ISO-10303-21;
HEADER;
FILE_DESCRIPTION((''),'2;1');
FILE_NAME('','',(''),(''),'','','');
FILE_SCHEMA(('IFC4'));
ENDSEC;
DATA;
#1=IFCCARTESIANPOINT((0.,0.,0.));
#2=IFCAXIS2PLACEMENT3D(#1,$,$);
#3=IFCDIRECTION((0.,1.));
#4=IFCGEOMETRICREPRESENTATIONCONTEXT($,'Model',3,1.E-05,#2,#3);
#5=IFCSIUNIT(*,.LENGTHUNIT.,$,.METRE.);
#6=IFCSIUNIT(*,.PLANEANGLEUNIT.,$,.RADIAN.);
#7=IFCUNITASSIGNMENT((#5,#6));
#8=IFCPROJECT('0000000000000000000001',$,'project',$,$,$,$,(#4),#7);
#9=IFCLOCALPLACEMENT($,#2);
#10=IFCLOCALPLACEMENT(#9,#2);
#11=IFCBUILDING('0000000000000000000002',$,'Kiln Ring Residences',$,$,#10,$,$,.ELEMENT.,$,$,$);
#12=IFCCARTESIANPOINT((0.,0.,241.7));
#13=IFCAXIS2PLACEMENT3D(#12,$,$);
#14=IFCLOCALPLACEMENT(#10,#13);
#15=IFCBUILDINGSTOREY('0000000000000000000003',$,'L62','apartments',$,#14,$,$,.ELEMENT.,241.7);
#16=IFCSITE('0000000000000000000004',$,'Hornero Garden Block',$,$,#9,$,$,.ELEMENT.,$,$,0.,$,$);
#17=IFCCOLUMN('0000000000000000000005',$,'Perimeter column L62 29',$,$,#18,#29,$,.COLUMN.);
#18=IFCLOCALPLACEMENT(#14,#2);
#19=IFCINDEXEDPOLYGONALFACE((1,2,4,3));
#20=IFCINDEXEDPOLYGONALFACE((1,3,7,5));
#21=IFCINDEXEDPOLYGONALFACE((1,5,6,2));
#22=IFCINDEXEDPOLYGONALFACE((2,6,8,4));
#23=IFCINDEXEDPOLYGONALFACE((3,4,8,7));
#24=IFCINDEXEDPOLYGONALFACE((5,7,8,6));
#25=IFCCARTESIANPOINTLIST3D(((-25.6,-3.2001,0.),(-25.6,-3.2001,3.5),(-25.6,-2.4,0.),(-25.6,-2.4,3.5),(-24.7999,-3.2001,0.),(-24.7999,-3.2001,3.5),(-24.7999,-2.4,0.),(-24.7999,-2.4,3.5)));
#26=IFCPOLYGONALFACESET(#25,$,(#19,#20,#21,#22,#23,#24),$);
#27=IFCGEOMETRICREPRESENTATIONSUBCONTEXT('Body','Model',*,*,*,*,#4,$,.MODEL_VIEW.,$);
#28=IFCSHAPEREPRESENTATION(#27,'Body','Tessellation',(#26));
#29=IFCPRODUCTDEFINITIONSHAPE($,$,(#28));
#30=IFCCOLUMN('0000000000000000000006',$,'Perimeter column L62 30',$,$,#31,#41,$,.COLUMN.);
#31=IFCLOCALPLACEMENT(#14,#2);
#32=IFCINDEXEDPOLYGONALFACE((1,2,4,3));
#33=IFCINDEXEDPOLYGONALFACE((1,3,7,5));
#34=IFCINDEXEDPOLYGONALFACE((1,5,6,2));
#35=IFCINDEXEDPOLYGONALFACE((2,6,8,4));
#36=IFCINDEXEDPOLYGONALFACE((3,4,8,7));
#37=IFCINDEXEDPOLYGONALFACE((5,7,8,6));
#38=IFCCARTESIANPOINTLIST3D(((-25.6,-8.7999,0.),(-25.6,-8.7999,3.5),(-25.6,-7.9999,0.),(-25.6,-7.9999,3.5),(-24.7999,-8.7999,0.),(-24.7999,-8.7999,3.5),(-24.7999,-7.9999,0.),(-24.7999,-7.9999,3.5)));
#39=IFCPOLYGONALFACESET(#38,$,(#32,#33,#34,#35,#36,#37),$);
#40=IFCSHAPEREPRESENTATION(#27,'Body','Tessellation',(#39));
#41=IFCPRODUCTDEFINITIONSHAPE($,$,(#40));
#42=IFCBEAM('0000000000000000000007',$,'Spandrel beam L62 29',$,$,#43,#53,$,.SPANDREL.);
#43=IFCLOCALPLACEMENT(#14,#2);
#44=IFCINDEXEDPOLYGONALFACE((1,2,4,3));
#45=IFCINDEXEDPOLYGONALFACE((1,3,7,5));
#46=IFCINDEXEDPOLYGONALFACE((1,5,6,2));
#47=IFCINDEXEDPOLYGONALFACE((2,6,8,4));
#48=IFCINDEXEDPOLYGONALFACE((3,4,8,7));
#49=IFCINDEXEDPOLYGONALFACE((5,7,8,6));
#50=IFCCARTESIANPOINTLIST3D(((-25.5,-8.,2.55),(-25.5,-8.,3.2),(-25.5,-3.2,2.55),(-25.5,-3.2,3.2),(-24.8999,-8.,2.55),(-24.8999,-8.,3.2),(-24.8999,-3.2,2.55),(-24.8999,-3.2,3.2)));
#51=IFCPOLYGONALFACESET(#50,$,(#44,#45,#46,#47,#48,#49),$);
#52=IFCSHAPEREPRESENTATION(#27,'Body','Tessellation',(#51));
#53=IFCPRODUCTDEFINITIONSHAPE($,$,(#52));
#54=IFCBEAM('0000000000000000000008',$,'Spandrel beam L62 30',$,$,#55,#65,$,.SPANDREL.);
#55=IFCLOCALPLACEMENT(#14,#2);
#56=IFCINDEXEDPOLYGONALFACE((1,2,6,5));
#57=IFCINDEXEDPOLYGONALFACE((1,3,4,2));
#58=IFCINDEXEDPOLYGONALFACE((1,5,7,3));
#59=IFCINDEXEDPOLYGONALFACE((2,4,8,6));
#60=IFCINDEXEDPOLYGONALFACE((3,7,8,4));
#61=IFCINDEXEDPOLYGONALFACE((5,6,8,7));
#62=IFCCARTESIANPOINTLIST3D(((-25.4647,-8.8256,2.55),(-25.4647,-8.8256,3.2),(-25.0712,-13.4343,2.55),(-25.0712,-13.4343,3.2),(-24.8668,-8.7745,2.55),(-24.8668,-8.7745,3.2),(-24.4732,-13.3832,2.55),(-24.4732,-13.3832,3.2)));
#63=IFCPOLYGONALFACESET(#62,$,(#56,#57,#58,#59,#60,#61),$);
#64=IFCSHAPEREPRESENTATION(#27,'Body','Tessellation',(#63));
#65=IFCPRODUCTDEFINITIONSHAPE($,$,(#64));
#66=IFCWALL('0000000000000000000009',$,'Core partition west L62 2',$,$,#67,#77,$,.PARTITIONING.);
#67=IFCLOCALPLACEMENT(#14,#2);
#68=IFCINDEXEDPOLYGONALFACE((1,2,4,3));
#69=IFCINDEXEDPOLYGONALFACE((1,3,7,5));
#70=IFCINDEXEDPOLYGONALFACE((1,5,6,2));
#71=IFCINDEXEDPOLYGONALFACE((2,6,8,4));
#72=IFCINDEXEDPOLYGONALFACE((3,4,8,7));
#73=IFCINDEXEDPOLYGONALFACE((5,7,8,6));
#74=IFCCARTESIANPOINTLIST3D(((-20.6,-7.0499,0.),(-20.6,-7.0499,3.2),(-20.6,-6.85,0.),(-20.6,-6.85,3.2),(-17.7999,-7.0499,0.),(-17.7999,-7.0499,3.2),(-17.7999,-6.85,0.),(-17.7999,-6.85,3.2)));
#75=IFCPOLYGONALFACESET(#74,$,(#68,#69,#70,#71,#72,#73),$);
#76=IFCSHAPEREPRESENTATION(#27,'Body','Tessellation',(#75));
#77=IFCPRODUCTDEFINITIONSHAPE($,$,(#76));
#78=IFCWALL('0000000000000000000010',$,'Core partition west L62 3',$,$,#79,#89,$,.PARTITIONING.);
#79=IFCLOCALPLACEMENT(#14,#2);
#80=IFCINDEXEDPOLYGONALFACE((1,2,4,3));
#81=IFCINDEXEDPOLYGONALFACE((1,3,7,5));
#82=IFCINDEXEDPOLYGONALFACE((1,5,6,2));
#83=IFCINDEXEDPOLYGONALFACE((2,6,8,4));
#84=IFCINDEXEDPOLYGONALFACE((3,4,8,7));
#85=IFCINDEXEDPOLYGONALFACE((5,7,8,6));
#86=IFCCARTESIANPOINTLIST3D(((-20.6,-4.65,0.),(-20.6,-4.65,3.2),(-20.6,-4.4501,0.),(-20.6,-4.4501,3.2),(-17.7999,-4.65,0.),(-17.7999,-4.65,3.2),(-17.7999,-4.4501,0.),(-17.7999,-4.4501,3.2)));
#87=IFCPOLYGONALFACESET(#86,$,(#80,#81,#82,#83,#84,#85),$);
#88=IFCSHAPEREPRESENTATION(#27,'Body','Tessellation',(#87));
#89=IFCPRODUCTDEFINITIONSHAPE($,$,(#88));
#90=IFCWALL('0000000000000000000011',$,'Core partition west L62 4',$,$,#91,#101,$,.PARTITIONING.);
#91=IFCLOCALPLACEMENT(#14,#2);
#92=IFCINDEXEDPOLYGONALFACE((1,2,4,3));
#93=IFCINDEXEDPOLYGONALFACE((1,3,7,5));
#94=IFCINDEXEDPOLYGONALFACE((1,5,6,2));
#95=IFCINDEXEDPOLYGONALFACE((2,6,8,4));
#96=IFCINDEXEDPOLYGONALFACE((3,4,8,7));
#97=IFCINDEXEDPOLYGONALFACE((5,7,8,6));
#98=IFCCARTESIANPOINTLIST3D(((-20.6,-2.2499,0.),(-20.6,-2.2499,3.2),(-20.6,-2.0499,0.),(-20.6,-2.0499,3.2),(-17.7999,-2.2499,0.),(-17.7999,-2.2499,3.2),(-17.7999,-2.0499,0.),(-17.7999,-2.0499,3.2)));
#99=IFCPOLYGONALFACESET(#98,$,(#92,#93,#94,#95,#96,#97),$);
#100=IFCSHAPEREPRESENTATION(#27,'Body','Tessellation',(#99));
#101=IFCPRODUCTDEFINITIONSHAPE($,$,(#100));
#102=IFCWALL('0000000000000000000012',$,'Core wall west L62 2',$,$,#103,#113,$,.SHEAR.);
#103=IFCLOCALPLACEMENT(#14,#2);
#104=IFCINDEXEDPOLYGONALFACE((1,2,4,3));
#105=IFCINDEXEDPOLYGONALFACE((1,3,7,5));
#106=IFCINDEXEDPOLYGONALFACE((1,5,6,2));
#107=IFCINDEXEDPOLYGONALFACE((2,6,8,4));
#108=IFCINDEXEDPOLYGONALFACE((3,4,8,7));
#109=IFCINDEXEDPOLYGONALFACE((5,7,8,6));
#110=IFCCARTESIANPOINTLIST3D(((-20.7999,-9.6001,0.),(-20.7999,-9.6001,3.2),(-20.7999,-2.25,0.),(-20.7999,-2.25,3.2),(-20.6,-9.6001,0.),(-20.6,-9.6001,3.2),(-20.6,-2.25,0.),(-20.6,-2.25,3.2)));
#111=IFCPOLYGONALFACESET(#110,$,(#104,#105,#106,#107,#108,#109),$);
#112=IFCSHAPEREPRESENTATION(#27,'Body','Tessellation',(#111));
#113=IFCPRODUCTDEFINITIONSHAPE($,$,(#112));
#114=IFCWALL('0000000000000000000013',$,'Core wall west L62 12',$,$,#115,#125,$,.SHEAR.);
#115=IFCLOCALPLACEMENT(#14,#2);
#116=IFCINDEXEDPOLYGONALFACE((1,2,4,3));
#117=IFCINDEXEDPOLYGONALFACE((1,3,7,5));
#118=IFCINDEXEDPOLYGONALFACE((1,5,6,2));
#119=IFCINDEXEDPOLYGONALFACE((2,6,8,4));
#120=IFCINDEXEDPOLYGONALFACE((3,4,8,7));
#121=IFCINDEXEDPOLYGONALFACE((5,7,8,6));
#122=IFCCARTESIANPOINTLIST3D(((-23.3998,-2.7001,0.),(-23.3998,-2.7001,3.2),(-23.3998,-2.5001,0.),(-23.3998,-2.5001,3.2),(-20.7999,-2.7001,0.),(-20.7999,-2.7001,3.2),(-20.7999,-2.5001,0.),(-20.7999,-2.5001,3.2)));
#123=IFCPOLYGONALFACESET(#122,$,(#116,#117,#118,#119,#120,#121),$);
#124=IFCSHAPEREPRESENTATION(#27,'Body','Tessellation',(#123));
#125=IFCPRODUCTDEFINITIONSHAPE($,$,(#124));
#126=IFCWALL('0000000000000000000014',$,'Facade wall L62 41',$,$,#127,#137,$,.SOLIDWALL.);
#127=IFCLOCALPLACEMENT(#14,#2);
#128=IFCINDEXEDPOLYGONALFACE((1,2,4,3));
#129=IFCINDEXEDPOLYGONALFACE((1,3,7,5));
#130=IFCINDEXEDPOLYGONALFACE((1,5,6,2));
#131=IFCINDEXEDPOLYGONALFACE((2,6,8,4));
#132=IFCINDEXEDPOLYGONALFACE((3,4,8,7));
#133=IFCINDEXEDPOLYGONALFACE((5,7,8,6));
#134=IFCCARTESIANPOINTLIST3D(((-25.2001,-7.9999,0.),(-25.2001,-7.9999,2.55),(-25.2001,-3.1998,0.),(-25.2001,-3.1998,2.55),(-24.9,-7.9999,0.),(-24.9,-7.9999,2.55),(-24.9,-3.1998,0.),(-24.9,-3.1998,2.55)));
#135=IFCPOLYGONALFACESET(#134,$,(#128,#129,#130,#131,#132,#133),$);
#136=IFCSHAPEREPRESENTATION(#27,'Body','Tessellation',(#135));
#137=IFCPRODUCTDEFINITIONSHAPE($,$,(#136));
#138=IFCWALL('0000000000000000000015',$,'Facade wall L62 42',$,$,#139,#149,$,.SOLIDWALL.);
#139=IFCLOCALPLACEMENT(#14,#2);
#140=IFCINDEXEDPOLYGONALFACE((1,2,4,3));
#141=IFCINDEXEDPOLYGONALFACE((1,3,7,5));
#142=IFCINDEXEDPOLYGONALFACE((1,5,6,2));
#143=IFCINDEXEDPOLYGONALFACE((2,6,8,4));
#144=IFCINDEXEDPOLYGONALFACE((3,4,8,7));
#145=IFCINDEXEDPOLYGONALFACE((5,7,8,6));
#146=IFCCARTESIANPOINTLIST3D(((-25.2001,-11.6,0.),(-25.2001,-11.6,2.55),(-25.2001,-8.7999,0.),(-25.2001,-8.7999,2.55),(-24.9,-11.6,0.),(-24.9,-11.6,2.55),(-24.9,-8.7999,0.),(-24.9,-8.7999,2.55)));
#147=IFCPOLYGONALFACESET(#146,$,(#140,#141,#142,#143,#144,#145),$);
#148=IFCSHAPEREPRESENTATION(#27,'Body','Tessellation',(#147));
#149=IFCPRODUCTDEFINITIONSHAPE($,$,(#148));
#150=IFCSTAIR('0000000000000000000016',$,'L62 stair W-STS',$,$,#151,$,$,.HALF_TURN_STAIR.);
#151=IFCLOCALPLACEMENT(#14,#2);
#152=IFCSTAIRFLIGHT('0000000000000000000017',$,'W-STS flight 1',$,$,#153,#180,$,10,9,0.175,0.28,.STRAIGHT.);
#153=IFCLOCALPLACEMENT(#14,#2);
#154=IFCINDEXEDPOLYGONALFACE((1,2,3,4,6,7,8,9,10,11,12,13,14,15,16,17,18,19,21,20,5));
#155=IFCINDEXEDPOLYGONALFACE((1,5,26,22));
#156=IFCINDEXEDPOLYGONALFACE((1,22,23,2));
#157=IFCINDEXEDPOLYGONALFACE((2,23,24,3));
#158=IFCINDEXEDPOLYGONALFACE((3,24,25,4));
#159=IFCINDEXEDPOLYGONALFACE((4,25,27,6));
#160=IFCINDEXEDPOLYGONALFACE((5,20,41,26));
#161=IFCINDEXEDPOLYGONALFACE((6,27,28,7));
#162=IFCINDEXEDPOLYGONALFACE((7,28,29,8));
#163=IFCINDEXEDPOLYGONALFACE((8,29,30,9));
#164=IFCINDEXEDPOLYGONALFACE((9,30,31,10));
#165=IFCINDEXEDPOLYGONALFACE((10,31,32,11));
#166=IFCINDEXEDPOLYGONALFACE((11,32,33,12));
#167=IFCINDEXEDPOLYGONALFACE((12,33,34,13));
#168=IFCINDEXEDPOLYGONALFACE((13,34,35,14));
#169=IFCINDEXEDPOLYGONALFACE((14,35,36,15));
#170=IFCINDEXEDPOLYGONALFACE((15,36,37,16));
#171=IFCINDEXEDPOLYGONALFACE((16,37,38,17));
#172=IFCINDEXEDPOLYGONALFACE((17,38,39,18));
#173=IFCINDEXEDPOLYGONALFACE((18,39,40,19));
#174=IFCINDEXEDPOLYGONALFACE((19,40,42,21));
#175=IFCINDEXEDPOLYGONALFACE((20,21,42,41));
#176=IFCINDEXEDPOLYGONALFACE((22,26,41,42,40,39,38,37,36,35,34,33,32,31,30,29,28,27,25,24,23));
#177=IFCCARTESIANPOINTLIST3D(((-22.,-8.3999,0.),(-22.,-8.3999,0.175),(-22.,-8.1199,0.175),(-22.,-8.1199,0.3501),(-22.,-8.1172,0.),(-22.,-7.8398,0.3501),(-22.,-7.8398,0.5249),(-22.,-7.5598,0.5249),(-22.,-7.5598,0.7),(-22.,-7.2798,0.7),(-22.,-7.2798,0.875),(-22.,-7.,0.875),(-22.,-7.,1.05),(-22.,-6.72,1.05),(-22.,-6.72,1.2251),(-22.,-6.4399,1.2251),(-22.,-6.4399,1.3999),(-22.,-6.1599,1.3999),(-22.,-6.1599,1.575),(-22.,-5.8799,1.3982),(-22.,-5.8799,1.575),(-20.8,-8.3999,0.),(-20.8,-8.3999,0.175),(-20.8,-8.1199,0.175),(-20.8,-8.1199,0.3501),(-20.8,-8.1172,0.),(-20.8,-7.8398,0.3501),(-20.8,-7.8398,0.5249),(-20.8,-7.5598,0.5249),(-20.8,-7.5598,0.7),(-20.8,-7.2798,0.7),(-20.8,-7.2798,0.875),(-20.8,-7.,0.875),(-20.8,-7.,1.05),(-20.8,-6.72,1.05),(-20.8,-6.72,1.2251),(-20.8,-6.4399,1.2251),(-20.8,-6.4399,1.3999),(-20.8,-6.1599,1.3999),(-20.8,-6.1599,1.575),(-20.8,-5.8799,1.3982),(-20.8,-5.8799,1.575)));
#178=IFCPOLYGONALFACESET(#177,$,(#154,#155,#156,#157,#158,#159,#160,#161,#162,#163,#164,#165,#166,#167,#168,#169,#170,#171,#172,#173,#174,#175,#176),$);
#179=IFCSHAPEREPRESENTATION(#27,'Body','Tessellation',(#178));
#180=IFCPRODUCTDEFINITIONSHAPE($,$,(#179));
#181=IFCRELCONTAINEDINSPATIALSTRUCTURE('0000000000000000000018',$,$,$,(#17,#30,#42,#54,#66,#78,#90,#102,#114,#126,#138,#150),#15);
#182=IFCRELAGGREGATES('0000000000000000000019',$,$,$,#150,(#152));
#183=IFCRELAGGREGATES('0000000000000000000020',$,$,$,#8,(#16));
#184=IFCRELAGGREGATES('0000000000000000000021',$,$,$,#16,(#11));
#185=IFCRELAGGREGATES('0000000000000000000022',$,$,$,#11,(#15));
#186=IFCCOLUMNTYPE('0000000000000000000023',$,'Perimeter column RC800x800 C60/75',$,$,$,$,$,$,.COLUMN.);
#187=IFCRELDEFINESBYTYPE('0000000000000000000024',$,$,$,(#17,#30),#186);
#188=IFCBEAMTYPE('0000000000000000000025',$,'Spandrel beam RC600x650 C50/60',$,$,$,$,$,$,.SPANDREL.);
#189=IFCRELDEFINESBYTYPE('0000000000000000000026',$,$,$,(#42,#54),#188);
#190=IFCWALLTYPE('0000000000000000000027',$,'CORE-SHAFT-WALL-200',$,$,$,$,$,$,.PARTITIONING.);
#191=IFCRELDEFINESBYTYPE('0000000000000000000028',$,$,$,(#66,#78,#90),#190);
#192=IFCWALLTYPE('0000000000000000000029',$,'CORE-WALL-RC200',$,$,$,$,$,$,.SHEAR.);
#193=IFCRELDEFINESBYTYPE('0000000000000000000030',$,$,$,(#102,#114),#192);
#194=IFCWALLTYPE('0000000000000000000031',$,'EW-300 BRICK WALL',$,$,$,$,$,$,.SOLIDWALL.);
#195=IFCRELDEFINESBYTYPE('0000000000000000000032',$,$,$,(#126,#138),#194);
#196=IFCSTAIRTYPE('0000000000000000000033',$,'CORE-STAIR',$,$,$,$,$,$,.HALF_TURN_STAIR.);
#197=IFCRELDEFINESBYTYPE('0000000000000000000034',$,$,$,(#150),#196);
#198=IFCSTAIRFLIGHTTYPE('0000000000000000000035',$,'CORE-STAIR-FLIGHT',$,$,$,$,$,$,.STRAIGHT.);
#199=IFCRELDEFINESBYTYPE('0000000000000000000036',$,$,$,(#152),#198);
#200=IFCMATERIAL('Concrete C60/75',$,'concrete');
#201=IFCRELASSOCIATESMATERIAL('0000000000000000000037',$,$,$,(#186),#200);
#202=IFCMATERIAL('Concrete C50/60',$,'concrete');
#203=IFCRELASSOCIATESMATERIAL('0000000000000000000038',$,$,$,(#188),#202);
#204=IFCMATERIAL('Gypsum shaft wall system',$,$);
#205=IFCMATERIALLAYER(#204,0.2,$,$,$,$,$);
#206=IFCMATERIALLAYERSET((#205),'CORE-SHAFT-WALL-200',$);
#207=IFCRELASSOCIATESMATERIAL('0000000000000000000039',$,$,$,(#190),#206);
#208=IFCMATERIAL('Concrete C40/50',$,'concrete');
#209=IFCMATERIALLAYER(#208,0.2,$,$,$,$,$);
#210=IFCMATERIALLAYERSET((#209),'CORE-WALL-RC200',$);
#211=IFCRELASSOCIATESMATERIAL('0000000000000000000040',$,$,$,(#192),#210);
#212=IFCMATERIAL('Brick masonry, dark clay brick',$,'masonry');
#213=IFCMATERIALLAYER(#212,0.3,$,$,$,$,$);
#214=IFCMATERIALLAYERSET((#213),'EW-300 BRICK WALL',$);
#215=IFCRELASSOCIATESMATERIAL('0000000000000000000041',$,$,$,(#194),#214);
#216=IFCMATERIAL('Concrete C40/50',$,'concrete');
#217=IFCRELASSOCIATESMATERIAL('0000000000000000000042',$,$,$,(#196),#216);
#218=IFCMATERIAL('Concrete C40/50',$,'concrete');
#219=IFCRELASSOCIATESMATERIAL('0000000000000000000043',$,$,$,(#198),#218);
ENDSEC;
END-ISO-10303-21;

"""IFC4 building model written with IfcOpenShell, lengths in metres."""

from ifc_helpers import new_model, si_unit, direction, frame, frame_2d, origin, origin_2d, place, context, subcontext, project, spatial, polyline, rectangle, outline, extrude, material, layer, layer_set, material_profile, profile_set, type_object, element, aggregate, save


model = new_model("IFC4")

# Units and contexts
model_context = context("Model", 3, precision=1e-05, world=origin(), true_north=direction((0.0, 1.0)))
body_context = subcontext(model_context, "Body", "Model", "MODEL_VIEW")
ifc_project = project(units=[si_unit("LENGTHUNIT", "METRE"), si_unit("PLANEANGLEUNIT", "RADIAN")], contexts=[model_context])

# Site, building, storey
site_placement = place(None, origin())
site = spatial("IfcSite", under=ifc_project, at=site_placement, Name="Hornero Garden Block", CompositionType="ELEMENT", RefElevation=0.0)
building_placement = place(site_placement, origin())
building = spatial("IfcBuilding", under=site, at=building_placement, Name="Kiln Ring Residences", CompositionType="ELEMENT")
storey_placement = place(building_placement, frame((0.0, 0.0, 241.7)))
storey = spatial("IfcBuildingStorey", under=building, at=storey_placement, Name="L62", Description="apartments", CompositionType="ELEMENT", Elevation=241.7)

# Columns
ifc_material_1 = material(Name="Concrete C60/75", Category="concrete")
ifc_material_profile_1 = material_profile(ifc_material_1, rectangle(XDim=0.8, YDim=0.8, at=origin_2d()), Name="RC800x800")
ifc_profile_set_1 = profile_set([ifc_material_profile_1], Name="Concrete C60/75")
column_type = type_object("IfcColumnType", Name="Perimeter column RC800x800 C60/75", PredefinedType="COLUMN", material=ifc_profile_set_1)
for number, where, z_axis, x_axis, name in (
    (1, (-25.2, -2.8, 0.0), (0.0, 0.0, 1.0), (1.0, 0.0, 0.0), "Perimeter column L62 29"),
    (2, (-25.2, -8.3999, 0.0), (0.0, 0.0, 1.0), (1.0, 0.0, 0.0), "Perimeter column L62 30"),
):
    element("IfcColumn", number, at=place(storey_placement, frame(where, z_axis=z_axis, x_axis=x_axis)), inside=storey, type_object=column_type, Name=name, PredefinedType="COLUMN", context=body_context, shape_type="SweptSolid", body=[
        extrude(rectangle(XDim=0.8, YDim=0.8, at=origin_2d()), origin(), (0.0, 0.0, 1.0), 3.5),
    ])

# Beams
ifc_material_2 = material(Name="Concrete C50/60", Category="concrete")
ifc_material_profile_2 = material_profile(ifc_material_2, rectangle(XDim=0.6001, YDim=0.6499, at=origin_2d()), Name="RC600x650")
ifc_profile_set_2 = profile_set([ifc_material_profile_2], Name="Concrete C50/60")
beam_type = type_object("IfcBeamType", Name="Spandrel beam RC600x650 C50/60", PredefinedType="SPANDREL", material=ifc_profile_set_2)
beam_1_placement = place(storey_placement, frame((-25.2, -3.2, 2.875), z_axis=(0.0, -1.0, 0.0), x_axis=(1.0, 0.0, 0.0)))
element("IfcBeam", 3, at=beam_1_placement, inside=storey, type_object=beam_type, Name="Spandrel beam L62 29", PredefinedType="SPANDREL", context=body_context, shape_type="SweptSolid", body=[
    extrude(rectangle(XDim=0.6001, YDim=0.6499, at=origin_2d()), origin(), (0.0, 0.0, 1.0), 4.8),
])
beam_2_placement = place(storey_placement, frame((-25.1658, -8.8, 2.875), z_axis=(0.085085, -0.996374, 0.0), x_axis=(0.996374, 0.085085, 0.0)))
element("IfcBeam", 4, at=beam_2_placement, inside=storey, type_object=beam_type, Name="Spandrel beam L62 30", PredefinedType="SPANDREL", context=body_context, shape_type="SweptSolid", body=[
    extrude(rectangle(XDim=0.6001, YDim=0.6499, at=origin_2d()), origin(), (0.0, 0.0, 1.0), 4.6255),
])

# Walls
ifc_material_3 = material(Name="Gypsum shaft wall system")
ifc_layer_1 = layer(ifc_material_3, 0.2)
ifc_layer_set_1 = layer_set([ifc_layer_1], Name="CORE-SHAFT-WALL-200")
wall_type_1 = type_object("IfcWallType", Name="CORE-SHAFT-WALL-200", PredefinedType="PARTITIONING", material=ifc_layer_set_1)
for number, where, z_axis, x_axis, name in (
    (5, (-17.8, -6.95, 0.0), (0.0, 0.0, 1.0), (-1.0, 0.0, 0.0), "Core partition west L62 2"),
    (6, (-17.8, -4.55, 0.0), (0.0, 0.0, 1.0), (-1.0, 0.0, 0.0), "Core partition west L62 3"),
    (7, (-17.8, -2.1499, 0.0), (0.0, 0.0, 1.0), (-1.0, 0.0, 0.0), "Core partition west L62 4"),
):
    element("IfcWall", number, at=place(storey_placement, frame(where, z_axis=z_axis, x_axis=x_axis)), inside=storey, type_object=wall_type_1, Name=name, PredefinedType="PARTITIONING", context=body_context, shape_type="SweptSolid", body=[
        extrude(rectangle(XDim=2.8, YDim=0.2, at=frame_2d((1.3999, 0.0))), origin(), (0.0, 0.0, 1.0), 3.2),
    ])
ifc_material_4 = material(Name="Concrete C40/50", Category="concrete")
ifc_layer_2 = layer(ifc_material_4, 0.2)
ifc_layer_set_2 = layer_set([ifc_layer_2], Name="CORE-WALL-RC200")
wall_type_2 = type_object("IfcWallType", Name="CORE-WALL-RC200", PredefinedType="SHEAR", material=ifc_layer_set_2)
wall_1_placement = place(storey_placement, frame((-20.7, -9.6001, 0.0), z_axis=(0.0, 0.0, 1.0), x_axis=(0.0, 1.0, 0.0)))
element("IfcWall", 8, at=wall_1_placement, inside=storey, type_object=wall_type_2, Name="Core wall west L62 2", PredefinedType="SHEAR", context=body_context, shape_type="SweptSolid", body=[
    extrude(rectangle(XDim=7.3501, YDim=0.2, at=frame_2d((3.675, 0.0))), origin(), (0.0, 0.0, 1.0), 3.2),
])
wall_2_placement = place(storey_placement, frame((-20.8, -2.6001, 0.0), z_axis=(0.0, 0.0, 1.0), x_axis=(-1.0, 0.0, 0.0)))
element("IfcWall", 9, at=wall_2_placement, inside=storey, type_object=wall_type_2, Name="Core wall west L62 12", PredefinedType="SHEAR", context=body_context, shape_type="SweptSolid", body=[
    extrude(rectangle(XDim=2.5999, YDim=0.2, at=frame_2d((1.2998, 0.0))), origin(), (0.0, 0.0, 1.0), 3.2),
])
ifc_material_5 = material(Name="Brick masonry, dark clay brick", Category="masonry")
ifc_layer_3 = layer(ifc_material_5, 0.3)
ifc_layer_set_3 = layer_set([ifc_layer_3], Name="EW-300 BRICK WALL")
wall_type_3 = type_object("IfcWallType", Name="EW-300 BRICK WALL", PredefinedType="SOLIDWALL", material=ifc_layer_set_3)
wall_3_placement = place(storey_placement, frame((-25.05, -3.2, 0.0), z_axis=(0.0, 0.0, 1.0), x_axis=(0.0, -1.0, 0.0)))
element("IfcWall", 10, at=wall_3_placement, inside=storey, type_object=wall_type_3, Name="Facade wall L62 41", PredefinedType="SOLIDWALL", context=body_context, shape_type="SweptSolid", body=[
    extrude(rectangle(XDim=4.8, YDim=0.3, at=frame_2d((2.3999, 0.0))), origin(), (0.0, 0.0, 1.0), 2.55),
])
wall_4_placement = place(storey_placement, frame((-25.05, -8.8, 0.0), z_axis=(0.0, 0.0, 1.0), x_axis=(0.0, -1.0, 0.0)))
element("IfcWall", 11, at=wall_4_placement, inside=storey, type_object=wall_type_3, Name="Facade wall L62 42", PredefinedType="SOLIDWALL", context=body_context, shape_type="SweptSolid", body=[
    extrude(rectangle(XDim=2.8, YDim=0.3, at=frame_2d((1.3999, 0.0))), origin(), (0.0, 0.0, 1.0), 2.55),
])

# Stair, stair flight
ifc_material_6 = material(Name="Concrete C40/50", Category="concrete")
stair_type = type_object("IfcStairType", Name="CORE-STAIR", PredefinedType="HALF_TURN_STAIR", material=ifc_material_6)
stair_placement = place(storey_placement, origin())
stair = element("IfcStair", 12, at=stair_placement, inside=storey, type_object=stair_type, Name="L62 stair W-STS", PredefinedType="HALF_TURN_STAIR")
ifc_material_7 = material(Name="Concrete C40/50", Category="concrete")
stair_flight_type = type_object("IfcStairFlightType", Name="CORE-STAIR-FLIGHT", PredefinedType="STRAIGHT", material=ifc_material_7)
stair_flight_1_placement = place(storey_placement, frame((-21.3999, -8.3999, 0.0), z_axis=(0.0, 0.0, 1.0), x_axis=(0.0, 1.0, 0.0)))
stair_flight_1 = element("IfcStairFlight", 13, at=stair_flight_1_placement, type_object=stair_flight_type, Name="W-STS flight 1", NumberOfRisers=10, NumberOfTreads=9, PredefinedType="STRAIGHT", RiserHeight=0.175, TreadLength=0.28, context=body_context, shape_type="SweptSolid", body=[
    extrude(outline(polyline([(0.0, 0.0), (0.0, 0.175), (0.28, 0.175), (0.28, 0.3501), (0.5601, 0.3501), (0.5601, 0.5249), (0.8401, 0.5249), (0.8401, 0.7), (1.1201, 0.7), (1.1201, 0.875), (1.3999, 0.875), (1.3999, 1.05), (1.6799, 1.05), (1.6799, 1.2251), (1.96, 1.2251), (1.96, 1.3999), (2.24, 1.3999), (2.24, 1.575), (2.52, 1.575), (2.52, 1.75), (2.52, 1.3982), (0.2827, 0.0), (0.0, 0.0)])), frame((0.0, 0.6001, 0.0), z_axis=(0.0, -1.0, 0.0), x_axis=(1.0, 0.0, 0.0)), (0.0, 0.0, 1.0), 1.2),
])
aggregate(stair, [stair_flight_1])

save(model, "model.ifc")
